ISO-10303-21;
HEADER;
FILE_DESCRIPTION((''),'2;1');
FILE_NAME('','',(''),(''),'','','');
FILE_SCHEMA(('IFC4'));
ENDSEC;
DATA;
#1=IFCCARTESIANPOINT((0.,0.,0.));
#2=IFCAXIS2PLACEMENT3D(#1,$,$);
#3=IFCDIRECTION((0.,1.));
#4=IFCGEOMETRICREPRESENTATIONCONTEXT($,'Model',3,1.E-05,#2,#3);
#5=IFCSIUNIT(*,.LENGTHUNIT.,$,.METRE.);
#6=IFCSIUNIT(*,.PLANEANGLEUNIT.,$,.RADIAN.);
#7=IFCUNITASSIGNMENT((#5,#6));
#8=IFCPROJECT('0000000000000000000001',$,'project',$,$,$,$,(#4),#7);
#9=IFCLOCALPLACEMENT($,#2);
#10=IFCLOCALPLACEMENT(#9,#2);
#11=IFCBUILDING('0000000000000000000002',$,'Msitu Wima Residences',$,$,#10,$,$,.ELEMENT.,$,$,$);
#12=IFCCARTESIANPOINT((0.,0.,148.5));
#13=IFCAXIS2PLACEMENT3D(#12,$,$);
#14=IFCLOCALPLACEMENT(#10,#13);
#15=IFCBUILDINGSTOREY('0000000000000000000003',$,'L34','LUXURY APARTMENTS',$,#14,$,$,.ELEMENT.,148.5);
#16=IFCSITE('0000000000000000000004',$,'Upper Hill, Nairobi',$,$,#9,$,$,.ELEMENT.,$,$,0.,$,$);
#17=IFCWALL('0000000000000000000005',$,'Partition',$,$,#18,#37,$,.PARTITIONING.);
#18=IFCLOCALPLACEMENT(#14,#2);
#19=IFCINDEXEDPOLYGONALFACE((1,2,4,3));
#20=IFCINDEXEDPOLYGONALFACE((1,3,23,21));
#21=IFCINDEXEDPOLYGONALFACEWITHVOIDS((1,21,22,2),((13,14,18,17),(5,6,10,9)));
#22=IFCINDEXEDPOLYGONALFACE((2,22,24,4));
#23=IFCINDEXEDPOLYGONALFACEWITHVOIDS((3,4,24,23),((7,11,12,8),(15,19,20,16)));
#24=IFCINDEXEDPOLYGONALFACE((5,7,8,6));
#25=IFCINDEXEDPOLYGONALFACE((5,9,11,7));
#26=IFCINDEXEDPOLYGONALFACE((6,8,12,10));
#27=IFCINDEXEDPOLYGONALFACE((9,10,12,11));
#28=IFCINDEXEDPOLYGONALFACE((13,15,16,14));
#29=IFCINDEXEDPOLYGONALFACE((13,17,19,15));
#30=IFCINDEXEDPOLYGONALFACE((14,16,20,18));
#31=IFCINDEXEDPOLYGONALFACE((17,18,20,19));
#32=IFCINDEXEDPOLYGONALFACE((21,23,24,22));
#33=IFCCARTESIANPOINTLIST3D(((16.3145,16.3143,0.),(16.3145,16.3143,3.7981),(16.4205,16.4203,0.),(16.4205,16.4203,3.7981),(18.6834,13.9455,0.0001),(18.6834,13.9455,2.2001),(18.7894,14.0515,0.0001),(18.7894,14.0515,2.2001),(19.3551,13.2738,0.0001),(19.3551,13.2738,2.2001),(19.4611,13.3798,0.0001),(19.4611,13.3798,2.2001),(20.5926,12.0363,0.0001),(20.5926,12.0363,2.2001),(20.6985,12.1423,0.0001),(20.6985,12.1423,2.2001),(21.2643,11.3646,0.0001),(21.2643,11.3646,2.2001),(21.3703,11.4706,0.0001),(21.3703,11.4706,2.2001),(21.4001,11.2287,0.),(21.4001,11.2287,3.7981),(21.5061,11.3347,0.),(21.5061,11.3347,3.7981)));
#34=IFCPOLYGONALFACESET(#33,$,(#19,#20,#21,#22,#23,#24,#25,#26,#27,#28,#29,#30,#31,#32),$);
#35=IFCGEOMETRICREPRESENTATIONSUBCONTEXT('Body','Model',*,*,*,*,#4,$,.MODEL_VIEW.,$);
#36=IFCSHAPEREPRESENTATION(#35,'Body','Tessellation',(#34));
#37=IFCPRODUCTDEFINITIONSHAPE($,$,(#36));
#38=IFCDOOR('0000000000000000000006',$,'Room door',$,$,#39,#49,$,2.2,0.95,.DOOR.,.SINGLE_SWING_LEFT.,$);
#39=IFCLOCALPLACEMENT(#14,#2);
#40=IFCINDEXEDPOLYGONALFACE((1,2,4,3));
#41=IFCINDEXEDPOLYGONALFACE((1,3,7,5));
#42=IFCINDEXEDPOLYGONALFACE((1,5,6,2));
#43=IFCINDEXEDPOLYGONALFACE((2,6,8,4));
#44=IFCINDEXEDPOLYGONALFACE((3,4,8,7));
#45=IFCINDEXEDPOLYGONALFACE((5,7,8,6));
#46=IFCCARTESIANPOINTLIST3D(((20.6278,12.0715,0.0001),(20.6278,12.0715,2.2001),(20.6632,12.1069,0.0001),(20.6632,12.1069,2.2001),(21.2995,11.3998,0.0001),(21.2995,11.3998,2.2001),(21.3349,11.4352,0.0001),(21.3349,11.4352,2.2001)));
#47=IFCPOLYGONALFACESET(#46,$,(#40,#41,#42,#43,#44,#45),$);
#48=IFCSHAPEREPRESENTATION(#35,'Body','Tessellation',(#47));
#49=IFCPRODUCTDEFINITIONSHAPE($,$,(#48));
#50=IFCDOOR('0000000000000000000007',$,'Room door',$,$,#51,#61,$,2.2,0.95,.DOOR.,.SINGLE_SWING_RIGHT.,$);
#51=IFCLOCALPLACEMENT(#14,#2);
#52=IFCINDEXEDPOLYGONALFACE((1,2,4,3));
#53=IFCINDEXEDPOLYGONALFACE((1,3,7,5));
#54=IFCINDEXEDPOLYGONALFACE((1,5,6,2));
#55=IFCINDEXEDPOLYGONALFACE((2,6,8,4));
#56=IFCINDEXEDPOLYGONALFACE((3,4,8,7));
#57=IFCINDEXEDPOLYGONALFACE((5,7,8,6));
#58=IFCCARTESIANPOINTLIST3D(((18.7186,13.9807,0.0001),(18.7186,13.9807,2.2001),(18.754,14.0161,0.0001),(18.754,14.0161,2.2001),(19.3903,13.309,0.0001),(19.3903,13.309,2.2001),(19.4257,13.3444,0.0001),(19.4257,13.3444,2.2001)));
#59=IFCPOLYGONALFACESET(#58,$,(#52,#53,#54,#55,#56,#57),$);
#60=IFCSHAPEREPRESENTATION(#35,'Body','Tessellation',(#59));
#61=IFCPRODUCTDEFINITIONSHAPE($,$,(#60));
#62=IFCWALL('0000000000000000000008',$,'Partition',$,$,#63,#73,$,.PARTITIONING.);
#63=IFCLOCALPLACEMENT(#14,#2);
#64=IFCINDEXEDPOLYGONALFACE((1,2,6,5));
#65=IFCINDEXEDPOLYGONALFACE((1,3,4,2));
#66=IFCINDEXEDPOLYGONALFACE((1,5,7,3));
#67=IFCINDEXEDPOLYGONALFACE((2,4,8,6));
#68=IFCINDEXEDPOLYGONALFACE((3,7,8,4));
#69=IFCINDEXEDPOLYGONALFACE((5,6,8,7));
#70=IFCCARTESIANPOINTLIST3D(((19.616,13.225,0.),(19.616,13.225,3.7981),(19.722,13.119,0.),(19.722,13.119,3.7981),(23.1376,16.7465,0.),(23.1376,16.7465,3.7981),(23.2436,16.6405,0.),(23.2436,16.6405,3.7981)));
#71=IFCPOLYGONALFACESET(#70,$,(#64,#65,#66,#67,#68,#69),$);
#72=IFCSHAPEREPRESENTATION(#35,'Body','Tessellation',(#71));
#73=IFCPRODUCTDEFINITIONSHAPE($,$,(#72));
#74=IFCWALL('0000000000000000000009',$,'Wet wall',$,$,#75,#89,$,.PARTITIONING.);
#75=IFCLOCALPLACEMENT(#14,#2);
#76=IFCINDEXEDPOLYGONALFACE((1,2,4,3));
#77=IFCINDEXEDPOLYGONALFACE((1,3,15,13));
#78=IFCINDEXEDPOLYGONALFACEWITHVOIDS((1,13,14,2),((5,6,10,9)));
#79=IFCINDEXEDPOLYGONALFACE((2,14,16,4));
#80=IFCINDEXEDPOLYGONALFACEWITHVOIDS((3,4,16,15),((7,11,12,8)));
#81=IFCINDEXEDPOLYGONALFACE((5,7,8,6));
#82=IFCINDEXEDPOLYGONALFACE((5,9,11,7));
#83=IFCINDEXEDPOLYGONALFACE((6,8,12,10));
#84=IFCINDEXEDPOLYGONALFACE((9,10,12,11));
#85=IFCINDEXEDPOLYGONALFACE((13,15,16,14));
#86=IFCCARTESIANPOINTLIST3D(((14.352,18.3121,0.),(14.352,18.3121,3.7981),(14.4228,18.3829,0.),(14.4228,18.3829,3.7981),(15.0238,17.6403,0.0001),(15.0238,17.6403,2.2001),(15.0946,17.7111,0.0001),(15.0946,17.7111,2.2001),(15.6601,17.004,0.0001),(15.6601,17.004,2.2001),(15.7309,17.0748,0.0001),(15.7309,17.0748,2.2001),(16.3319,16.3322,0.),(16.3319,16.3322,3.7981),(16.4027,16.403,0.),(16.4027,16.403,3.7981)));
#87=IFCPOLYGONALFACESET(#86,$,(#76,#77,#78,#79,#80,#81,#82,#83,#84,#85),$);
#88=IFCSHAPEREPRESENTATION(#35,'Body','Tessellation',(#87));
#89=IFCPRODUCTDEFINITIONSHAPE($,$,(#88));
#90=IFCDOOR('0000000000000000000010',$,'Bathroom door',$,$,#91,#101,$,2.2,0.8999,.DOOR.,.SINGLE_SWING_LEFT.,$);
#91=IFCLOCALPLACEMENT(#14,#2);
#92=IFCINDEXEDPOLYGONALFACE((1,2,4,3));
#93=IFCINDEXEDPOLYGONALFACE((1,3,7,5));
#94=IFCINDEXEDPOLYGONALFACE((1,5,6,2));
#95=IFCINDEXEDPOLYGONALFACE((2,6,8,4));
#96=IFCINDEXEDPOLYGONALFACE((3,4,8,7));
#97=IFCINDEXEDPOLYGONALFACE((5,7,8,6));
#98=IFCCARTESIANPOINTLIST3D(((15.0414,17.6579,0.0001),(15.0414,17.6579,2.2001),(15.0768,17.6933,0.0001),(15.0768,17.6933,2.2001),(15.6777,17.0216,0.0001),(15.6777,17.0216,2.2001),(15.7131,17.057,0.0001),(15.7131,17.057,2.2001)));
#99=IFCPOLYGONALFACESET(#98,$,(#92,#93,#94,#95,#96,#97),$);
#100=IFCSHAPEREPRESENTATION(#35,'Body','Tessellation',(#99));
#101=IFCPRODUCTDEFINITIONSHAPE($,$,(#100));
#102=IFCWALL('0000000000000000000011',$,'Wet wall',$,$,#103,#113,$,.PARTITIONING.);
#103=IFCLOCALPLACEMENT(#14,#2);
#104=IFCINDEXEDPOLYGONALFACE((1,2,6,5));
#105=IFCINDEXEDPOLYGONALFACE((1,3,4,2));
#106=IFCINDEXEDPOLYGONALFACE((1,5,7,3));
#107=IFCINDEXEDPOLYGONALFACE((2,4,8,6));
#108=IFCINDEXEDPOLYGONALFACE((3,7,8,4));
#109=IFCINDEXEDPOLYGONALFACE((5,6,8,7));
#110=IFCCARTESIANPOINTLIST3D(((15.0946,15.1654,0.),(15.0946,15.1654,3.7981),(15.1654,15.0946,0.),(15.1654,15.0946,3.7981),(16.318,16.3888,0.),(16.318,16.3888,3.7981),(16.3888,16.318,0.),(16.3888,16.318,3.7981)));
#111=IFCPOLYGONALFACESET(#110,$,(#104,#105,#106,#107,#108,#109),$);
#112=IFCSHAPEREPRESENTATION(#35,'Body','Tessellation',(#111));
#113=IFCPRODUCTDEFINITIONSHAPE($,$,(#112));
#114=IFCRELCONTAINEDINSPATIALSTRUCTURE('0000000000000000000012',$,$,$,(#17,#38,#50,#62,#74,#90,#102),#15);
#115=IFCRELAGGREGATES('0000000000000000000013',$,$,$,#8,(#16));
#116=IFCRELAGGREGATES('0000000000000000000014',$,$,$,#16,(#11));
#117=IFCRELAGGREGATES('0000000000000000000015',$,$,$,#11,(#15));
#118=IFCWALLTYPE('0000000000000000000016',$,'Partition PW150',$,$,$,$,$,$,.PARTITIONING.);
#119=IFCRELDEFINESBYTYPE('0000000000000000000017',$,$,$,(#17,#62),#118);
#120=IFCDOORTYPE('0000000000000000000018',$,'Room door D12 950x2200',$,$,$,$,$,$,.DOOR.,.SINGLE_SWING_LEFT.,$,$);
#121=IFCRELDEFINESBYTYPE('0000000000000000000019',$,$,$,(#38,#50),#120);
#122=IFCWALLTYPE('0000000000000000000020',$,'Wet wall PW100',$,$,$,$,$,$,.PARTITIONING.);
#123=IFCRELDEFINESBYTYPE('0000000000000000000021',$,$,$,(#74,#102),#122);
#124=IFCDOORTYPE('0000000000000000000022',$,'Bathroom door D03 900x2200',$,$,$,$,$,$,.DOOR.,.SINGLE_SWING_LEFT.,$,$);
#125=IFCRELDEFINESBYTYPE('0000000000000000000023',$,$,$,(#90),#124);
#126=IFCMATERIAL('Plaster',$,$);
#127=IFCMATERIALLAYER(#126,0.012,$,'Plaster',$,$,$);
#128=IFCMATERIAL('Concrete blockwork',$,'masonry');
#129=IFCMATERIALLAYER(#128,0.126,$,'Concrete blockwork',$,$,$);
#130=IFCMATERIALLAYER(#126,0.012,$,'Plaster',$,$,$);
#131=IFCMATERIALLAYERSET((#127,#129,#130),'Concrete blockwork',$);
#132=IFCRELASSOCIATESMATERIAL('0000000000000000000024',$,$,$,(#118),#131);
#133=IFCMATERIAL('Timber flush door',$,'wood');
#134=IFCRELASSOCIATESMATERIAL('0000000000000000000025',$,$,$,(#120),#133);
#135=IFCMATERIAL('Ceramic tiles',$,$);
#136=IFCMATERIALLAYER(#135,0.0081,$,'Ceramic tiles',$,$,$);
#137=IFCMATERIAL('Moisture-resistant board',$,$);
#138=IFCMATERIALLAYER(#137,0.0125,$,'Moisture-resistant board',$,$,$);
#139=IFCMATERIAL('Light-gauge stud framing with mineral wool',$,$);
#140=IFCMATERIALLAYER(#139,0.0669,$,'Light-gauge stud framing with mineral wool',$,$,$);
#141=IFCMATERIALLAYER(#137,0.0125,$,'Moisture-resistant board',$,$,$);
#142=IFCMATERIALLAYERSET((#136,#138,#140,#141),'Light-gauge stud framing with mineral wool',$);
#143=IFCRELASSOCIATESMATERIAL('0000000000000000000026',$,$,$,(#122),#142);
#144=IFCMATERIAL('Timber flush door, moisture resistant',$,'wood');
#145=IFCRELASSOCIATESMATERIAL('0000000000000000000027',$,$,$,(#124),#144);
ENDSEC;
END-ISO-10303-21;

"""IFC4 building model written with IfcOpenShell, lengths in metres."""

from ifc_helpers import new_model, si_unit, direction, frame, frame_2d, origin, place, context, subcontext, project, spatial, rectangle, extrude, material, layer, layer_set, type_object, element, fill, save


model = new_model("IFC4")

# Units and contexts
model_context = context("Model", 3, precision=1e-05, world=origin(), true_north=direction((0.0, 1.0)))
body_context = subcontext(model_context, "Body", "Model", "MODEL_VIEW")
ifc_project = project(units=[si_unit("LENGTHUNIT", "METRE"), si_unit("PLANEANGLEUNIT", "RADIAN")], contexts=[model_context])

# Site, building, storey
site_placement = place(None, origin())
site = spatial("IfcSite", under=ifc_project, at=site_placement, Name="Upper Hill, Nairobi", CompositionType="ELEMENT", RefElevation=0.0)
building_placement = place(site_placement, origin())
building = spatial("IfcBuilding", under=site, at=building_placement, Name="Msitu Wima Residences", CompositionType="ELEMENT")
storey_placement = place(building_placement, frame((0.0, 0.0, 148.5)))
storey = spatial("IfcBuildingStorey", under=building, at=storey_placement, Name="L34", Description="LUXURY APARTMENTS", CompositionType="ELEMENT", Elevation=148.5)

# Shared definitions
ifc_material_1 = material(Name="Plaster")
ifc_layer_1 = layer(ifc_material_1, 0.012, Name="Plaster")
ifc_material_2 = material(Name="Concrete blockwork", Category="masonry")
ifc_layer_2 = layer(ifc_material_2, 0.126, Name="Concrete blockwork")
ifc_layer_3 = layer(ifc_material_1, 0.012, Name="Plaster")
ifc_layer_set_1 = layer_set([ifc_layer_1, ifc_layer_2, ifc_layer_3], Name="Concrete blockwork")
wall_type_1 = type_object("IfcWallType", Name="Partition PW150", PredefinedType="PARTITIONING", material=ifc_layer_set_1)

# Wall, openings, doors
wall_1_placement = place(storey_placement, frame((16.3674, 16.3674, 0.0), z_axis=(0.0, 0.0, 1.0), x_axis=(0.707107, -0.707107, 0.0)))
wall_1 = element("IfcWall", 1, at=wall_1_placement, inside=storey, type_object=wall_type_1, Name="Partition", PredefinedType="PARTITIONING", context=body_context, shape_type="SweptSolid", body=[
    extrude(rectangle(XDim=7.1921, YDim=0.1499, at=frame_2d((3.5962, 0.0))), origin(), (0.0, 0.0, 1.0), 3.7981),
])
opening_1_placement = place(wall_1_placement, frame((6.05, 0.0, 0.0)))
opening_1 = element("IfcOpeningElement", 2, at=opening_1_placement, cuts=wall_1, PredefinedType="OPENING", context=body_context, shape_type="SweptSolid", body=[
    extrude(rectangle(XDim=0.95, YDim=2.2, at=frame_2d((0.4751, 1.1001))), frame((0.0, 0.085, 0.0), z_axis=(0.0, -1.0, 0.0), x_axis=(1.0, 0.0, 0.0)), (0.0, 0.0, 1.0), 0.1699),
])
opening_2_placement = place(wall_1_placement, frame((3.3501, 0.0, 0.0)))
opening_2 = element("IfcOpeningElement", 3, at=opening_2_placement, cuts=wall_1, PredefinedType="OPENING", context=body_context, shape_type="SweptSolid", body=[
    extrude(rectangle(XDim=0.95, YDim=2.2, at=frame_2d((0.4751, 1.1001))), frame((0.0, 0.085, 0.0), z_axis=(0.0, -1.0, 0.0), x_axis=(1.0, 0.0, 0.0)), (0.0, 0.0, 1.0), 0.1699),
])
ifc_material_3 = material(Name="Timber flush door", Category="wood")
door_type_1 = type_object("IfcDoorType", Name="Room door D12 950x2200", OperationType="SINGLE_SWING_LEFT", PredefinedType="DOOR", material=ifc_material_3)
door_1_placement = place(opening_1_placement, origin())
door_1 = element("IfcDoor", 4, at=door_1_placement, inside=storey, type_object=door_type_1, Name="Room door", OperationType="SINGLE_SWING_LEFT", OverallHeight=2.2, OverallWidth=0.95, PredefinedType="DOOR", context=body_context, shape_type="SweptSolid", body=[
    extrude(rectangle(XDim=0.95, YDim=2.2, at=frame_2d((0.4751, 1.1001))), frame((0.0, 0.0249, 0.0), z_axis=(0.0, -1.0, 0.0), x_axis=(1.0, 0.0, 0.0)), (0.0, 0.0, 1.0), 0.05),
])
fill(opening_1, door_1)
door_2_placement = place(opening_2_placement, origin())
door_2 = element("IfcDoor", 5, at=door_2_placement, inside=storey, type_object=door_type_1, Name="Room door", OperationType="SINGLE_SWING_RIGHT", OverallHeight=2.2, OverallWidth=0.95, PredefinedType="DOOR", context=body_context, shape_type="SweptSolid", body=[
    extrude(rectangle(XDim=0.95, YDim=2.2, at=frame_2d((0.4751, 1.1001))), frame((0.0, 0.0249, 0.0), z_axis=(0.0, -1.0, 0.0), x_axis=(1.0, 0.0, 0.0)), (0.0, 0.0, 1.0), 0.05),
])
fill(opening_2, door_2)

# Wall
wall_2_placement = place(storey_placement, frame((19.6689, 13.1719, 0.0), z_axis=(0.0, 0.0, 1.0), x_axis=(0.707107, 0.707107, 0.0)))
element("IfcWall", 6, at=wall_2_placement, inside=storey, type_object=wall_type_1, Name="Partition", PredefinedType="PARTITIONING", context=body_context, shape_type="SweptSolid", body=[
    extrude(rectangle(XDim=4.9802, YDim=0.1499, at=frame_2d((2.4902, 0.0))), origin(), (0.0, 0.0, 1.0), 3.7981),
])

# Wall, opening, door
ifc_material_4 = material(Name="Ceramic tiles")
ifc_layer_4 = layer(ifc_material_4, 0.0081, Name="Ceramic tiles")
ifc_material_5 = material(Name="Moisture-resistant board")
ifc_layer_5 = layer(ifc_material_5, 0.0125, Name="Moisture-resistant board")
ifc_material_6 = material(Name="Light-gauge stud framing with mineral wool")
ifc_layer_6 = layer(ifc_material_6, 0.0669, Name="Light-gauge stud framing with mineral wool")
ifc_layer_7 = layer(ifc_material_5, 0.0125, Name="Moisture-resistant board")
ifc_layer_set_2 = layer_set([ifc_layer_4, ifc_layer_5, ifc_layer_6, ifc_layer_7], Name="Light-gauge stud framing with mineral wool")
wall_type_2 = type_object("IfcWallType", Name="Wet wall PW100", PredefinedType="PARTITIONING", material=ifc_layer_set_2)
wall_3_placement = place(storey_placement, frame((14.3875, 18.3474, 0.0), z_axis=(0.0, 0.0, 1.0), x_axis=(0.707107, -0.707107, 0.0)))
wall_3 = element("IfcWall", 7, at=wall_3_placement, inside=storey, type_object=wall_type_2, Name="Wet wall", PredefinedType="PARTITIONING", context=body_context, shape_type="SweptSolid", body=[
    extrude(rectangle(XDim=2.8, YDim=0.1001, at=frame_2d((1.3999, 0.0))), origin(), (0.0, 0.0, 1.0), 3.7981),
])
opening_3_placement = place(wall_3_placement, frame((0.95, 0.0, 0.0)))
opening_3 = element("IfcOpeningElement", 8, at=opening_3_placement, cuts=wall_3, PredefinedType="OPENING", context=body_context, shape_type="SweptSolid", body=[
    extrude(rectangle(XDim=0.8999, YDim=2.2, at=frame_2d((0.45, 1.1001))), frame((0.0, 0.0601, 0.0), z_axis=(0.0, -1.0, 0.0), x_axis=(1.0, 0.0, 0.0)), (0.0, 0.0, 1.0), 0.1201),
])
ifc_material_7 = material(Name="Timber flush door, moisture resistant", Category="wood")
door_type_2 = type_object("IfcDoorType", Name="Bathroom door D03 900x2200", OperationType="SINGLE_SWING_LEFT", PredefinedType="DOOR", material=ifc_material_7)
door_3_placement = place(opening_3_placement, origin())
door_3 = element("IfcDoor", 9, at=door_3_placement, inside=storey, type_object=door_type_2, Name="Bathroom door", OperationType="SINGLE_SWING_LEFT", OverallHeight=2.2, OverallWidth=0.8999, PredefinedType="DOOR", context=body_context, shape_type="SweptSolid", body=[
    extrude(rectangle(XDim=0.8999, YDim=2.2, at=frame_2d((0.45, 1.1001))), frame((0.0, 0.0249, 0.0), z_axis=(0.0, -1.0, 0.0), x_axis=(1.0, 0.0, 0.0)), (0.0, 0.0, 1.0), 0.05),
])
fill(opening_3, door_3)

# Wall
wall_4_placement = place(storey_placement, frame((15.1299, 15.1299, 0.0), z_axis=(0.0, 0.0, 1.0), x_axis=(0.707107, 0.707107, 0.0)))
element("IfcWall", 10, at=wall_4_placement, inside=storey, type_object=wall_type_2, Name="Wet wall", PredefinedType="PARTITIONING", context=body_context, shape_type="SweptSolid", body=[
    extrude(rectangle(XDim=1.7302, YDim=0.1001, at=frame_2d((0.8652, 0.0))), origin(), (0.0, 0.0, 1.0), 3.7981),
])

save(model, "model.ifc")
